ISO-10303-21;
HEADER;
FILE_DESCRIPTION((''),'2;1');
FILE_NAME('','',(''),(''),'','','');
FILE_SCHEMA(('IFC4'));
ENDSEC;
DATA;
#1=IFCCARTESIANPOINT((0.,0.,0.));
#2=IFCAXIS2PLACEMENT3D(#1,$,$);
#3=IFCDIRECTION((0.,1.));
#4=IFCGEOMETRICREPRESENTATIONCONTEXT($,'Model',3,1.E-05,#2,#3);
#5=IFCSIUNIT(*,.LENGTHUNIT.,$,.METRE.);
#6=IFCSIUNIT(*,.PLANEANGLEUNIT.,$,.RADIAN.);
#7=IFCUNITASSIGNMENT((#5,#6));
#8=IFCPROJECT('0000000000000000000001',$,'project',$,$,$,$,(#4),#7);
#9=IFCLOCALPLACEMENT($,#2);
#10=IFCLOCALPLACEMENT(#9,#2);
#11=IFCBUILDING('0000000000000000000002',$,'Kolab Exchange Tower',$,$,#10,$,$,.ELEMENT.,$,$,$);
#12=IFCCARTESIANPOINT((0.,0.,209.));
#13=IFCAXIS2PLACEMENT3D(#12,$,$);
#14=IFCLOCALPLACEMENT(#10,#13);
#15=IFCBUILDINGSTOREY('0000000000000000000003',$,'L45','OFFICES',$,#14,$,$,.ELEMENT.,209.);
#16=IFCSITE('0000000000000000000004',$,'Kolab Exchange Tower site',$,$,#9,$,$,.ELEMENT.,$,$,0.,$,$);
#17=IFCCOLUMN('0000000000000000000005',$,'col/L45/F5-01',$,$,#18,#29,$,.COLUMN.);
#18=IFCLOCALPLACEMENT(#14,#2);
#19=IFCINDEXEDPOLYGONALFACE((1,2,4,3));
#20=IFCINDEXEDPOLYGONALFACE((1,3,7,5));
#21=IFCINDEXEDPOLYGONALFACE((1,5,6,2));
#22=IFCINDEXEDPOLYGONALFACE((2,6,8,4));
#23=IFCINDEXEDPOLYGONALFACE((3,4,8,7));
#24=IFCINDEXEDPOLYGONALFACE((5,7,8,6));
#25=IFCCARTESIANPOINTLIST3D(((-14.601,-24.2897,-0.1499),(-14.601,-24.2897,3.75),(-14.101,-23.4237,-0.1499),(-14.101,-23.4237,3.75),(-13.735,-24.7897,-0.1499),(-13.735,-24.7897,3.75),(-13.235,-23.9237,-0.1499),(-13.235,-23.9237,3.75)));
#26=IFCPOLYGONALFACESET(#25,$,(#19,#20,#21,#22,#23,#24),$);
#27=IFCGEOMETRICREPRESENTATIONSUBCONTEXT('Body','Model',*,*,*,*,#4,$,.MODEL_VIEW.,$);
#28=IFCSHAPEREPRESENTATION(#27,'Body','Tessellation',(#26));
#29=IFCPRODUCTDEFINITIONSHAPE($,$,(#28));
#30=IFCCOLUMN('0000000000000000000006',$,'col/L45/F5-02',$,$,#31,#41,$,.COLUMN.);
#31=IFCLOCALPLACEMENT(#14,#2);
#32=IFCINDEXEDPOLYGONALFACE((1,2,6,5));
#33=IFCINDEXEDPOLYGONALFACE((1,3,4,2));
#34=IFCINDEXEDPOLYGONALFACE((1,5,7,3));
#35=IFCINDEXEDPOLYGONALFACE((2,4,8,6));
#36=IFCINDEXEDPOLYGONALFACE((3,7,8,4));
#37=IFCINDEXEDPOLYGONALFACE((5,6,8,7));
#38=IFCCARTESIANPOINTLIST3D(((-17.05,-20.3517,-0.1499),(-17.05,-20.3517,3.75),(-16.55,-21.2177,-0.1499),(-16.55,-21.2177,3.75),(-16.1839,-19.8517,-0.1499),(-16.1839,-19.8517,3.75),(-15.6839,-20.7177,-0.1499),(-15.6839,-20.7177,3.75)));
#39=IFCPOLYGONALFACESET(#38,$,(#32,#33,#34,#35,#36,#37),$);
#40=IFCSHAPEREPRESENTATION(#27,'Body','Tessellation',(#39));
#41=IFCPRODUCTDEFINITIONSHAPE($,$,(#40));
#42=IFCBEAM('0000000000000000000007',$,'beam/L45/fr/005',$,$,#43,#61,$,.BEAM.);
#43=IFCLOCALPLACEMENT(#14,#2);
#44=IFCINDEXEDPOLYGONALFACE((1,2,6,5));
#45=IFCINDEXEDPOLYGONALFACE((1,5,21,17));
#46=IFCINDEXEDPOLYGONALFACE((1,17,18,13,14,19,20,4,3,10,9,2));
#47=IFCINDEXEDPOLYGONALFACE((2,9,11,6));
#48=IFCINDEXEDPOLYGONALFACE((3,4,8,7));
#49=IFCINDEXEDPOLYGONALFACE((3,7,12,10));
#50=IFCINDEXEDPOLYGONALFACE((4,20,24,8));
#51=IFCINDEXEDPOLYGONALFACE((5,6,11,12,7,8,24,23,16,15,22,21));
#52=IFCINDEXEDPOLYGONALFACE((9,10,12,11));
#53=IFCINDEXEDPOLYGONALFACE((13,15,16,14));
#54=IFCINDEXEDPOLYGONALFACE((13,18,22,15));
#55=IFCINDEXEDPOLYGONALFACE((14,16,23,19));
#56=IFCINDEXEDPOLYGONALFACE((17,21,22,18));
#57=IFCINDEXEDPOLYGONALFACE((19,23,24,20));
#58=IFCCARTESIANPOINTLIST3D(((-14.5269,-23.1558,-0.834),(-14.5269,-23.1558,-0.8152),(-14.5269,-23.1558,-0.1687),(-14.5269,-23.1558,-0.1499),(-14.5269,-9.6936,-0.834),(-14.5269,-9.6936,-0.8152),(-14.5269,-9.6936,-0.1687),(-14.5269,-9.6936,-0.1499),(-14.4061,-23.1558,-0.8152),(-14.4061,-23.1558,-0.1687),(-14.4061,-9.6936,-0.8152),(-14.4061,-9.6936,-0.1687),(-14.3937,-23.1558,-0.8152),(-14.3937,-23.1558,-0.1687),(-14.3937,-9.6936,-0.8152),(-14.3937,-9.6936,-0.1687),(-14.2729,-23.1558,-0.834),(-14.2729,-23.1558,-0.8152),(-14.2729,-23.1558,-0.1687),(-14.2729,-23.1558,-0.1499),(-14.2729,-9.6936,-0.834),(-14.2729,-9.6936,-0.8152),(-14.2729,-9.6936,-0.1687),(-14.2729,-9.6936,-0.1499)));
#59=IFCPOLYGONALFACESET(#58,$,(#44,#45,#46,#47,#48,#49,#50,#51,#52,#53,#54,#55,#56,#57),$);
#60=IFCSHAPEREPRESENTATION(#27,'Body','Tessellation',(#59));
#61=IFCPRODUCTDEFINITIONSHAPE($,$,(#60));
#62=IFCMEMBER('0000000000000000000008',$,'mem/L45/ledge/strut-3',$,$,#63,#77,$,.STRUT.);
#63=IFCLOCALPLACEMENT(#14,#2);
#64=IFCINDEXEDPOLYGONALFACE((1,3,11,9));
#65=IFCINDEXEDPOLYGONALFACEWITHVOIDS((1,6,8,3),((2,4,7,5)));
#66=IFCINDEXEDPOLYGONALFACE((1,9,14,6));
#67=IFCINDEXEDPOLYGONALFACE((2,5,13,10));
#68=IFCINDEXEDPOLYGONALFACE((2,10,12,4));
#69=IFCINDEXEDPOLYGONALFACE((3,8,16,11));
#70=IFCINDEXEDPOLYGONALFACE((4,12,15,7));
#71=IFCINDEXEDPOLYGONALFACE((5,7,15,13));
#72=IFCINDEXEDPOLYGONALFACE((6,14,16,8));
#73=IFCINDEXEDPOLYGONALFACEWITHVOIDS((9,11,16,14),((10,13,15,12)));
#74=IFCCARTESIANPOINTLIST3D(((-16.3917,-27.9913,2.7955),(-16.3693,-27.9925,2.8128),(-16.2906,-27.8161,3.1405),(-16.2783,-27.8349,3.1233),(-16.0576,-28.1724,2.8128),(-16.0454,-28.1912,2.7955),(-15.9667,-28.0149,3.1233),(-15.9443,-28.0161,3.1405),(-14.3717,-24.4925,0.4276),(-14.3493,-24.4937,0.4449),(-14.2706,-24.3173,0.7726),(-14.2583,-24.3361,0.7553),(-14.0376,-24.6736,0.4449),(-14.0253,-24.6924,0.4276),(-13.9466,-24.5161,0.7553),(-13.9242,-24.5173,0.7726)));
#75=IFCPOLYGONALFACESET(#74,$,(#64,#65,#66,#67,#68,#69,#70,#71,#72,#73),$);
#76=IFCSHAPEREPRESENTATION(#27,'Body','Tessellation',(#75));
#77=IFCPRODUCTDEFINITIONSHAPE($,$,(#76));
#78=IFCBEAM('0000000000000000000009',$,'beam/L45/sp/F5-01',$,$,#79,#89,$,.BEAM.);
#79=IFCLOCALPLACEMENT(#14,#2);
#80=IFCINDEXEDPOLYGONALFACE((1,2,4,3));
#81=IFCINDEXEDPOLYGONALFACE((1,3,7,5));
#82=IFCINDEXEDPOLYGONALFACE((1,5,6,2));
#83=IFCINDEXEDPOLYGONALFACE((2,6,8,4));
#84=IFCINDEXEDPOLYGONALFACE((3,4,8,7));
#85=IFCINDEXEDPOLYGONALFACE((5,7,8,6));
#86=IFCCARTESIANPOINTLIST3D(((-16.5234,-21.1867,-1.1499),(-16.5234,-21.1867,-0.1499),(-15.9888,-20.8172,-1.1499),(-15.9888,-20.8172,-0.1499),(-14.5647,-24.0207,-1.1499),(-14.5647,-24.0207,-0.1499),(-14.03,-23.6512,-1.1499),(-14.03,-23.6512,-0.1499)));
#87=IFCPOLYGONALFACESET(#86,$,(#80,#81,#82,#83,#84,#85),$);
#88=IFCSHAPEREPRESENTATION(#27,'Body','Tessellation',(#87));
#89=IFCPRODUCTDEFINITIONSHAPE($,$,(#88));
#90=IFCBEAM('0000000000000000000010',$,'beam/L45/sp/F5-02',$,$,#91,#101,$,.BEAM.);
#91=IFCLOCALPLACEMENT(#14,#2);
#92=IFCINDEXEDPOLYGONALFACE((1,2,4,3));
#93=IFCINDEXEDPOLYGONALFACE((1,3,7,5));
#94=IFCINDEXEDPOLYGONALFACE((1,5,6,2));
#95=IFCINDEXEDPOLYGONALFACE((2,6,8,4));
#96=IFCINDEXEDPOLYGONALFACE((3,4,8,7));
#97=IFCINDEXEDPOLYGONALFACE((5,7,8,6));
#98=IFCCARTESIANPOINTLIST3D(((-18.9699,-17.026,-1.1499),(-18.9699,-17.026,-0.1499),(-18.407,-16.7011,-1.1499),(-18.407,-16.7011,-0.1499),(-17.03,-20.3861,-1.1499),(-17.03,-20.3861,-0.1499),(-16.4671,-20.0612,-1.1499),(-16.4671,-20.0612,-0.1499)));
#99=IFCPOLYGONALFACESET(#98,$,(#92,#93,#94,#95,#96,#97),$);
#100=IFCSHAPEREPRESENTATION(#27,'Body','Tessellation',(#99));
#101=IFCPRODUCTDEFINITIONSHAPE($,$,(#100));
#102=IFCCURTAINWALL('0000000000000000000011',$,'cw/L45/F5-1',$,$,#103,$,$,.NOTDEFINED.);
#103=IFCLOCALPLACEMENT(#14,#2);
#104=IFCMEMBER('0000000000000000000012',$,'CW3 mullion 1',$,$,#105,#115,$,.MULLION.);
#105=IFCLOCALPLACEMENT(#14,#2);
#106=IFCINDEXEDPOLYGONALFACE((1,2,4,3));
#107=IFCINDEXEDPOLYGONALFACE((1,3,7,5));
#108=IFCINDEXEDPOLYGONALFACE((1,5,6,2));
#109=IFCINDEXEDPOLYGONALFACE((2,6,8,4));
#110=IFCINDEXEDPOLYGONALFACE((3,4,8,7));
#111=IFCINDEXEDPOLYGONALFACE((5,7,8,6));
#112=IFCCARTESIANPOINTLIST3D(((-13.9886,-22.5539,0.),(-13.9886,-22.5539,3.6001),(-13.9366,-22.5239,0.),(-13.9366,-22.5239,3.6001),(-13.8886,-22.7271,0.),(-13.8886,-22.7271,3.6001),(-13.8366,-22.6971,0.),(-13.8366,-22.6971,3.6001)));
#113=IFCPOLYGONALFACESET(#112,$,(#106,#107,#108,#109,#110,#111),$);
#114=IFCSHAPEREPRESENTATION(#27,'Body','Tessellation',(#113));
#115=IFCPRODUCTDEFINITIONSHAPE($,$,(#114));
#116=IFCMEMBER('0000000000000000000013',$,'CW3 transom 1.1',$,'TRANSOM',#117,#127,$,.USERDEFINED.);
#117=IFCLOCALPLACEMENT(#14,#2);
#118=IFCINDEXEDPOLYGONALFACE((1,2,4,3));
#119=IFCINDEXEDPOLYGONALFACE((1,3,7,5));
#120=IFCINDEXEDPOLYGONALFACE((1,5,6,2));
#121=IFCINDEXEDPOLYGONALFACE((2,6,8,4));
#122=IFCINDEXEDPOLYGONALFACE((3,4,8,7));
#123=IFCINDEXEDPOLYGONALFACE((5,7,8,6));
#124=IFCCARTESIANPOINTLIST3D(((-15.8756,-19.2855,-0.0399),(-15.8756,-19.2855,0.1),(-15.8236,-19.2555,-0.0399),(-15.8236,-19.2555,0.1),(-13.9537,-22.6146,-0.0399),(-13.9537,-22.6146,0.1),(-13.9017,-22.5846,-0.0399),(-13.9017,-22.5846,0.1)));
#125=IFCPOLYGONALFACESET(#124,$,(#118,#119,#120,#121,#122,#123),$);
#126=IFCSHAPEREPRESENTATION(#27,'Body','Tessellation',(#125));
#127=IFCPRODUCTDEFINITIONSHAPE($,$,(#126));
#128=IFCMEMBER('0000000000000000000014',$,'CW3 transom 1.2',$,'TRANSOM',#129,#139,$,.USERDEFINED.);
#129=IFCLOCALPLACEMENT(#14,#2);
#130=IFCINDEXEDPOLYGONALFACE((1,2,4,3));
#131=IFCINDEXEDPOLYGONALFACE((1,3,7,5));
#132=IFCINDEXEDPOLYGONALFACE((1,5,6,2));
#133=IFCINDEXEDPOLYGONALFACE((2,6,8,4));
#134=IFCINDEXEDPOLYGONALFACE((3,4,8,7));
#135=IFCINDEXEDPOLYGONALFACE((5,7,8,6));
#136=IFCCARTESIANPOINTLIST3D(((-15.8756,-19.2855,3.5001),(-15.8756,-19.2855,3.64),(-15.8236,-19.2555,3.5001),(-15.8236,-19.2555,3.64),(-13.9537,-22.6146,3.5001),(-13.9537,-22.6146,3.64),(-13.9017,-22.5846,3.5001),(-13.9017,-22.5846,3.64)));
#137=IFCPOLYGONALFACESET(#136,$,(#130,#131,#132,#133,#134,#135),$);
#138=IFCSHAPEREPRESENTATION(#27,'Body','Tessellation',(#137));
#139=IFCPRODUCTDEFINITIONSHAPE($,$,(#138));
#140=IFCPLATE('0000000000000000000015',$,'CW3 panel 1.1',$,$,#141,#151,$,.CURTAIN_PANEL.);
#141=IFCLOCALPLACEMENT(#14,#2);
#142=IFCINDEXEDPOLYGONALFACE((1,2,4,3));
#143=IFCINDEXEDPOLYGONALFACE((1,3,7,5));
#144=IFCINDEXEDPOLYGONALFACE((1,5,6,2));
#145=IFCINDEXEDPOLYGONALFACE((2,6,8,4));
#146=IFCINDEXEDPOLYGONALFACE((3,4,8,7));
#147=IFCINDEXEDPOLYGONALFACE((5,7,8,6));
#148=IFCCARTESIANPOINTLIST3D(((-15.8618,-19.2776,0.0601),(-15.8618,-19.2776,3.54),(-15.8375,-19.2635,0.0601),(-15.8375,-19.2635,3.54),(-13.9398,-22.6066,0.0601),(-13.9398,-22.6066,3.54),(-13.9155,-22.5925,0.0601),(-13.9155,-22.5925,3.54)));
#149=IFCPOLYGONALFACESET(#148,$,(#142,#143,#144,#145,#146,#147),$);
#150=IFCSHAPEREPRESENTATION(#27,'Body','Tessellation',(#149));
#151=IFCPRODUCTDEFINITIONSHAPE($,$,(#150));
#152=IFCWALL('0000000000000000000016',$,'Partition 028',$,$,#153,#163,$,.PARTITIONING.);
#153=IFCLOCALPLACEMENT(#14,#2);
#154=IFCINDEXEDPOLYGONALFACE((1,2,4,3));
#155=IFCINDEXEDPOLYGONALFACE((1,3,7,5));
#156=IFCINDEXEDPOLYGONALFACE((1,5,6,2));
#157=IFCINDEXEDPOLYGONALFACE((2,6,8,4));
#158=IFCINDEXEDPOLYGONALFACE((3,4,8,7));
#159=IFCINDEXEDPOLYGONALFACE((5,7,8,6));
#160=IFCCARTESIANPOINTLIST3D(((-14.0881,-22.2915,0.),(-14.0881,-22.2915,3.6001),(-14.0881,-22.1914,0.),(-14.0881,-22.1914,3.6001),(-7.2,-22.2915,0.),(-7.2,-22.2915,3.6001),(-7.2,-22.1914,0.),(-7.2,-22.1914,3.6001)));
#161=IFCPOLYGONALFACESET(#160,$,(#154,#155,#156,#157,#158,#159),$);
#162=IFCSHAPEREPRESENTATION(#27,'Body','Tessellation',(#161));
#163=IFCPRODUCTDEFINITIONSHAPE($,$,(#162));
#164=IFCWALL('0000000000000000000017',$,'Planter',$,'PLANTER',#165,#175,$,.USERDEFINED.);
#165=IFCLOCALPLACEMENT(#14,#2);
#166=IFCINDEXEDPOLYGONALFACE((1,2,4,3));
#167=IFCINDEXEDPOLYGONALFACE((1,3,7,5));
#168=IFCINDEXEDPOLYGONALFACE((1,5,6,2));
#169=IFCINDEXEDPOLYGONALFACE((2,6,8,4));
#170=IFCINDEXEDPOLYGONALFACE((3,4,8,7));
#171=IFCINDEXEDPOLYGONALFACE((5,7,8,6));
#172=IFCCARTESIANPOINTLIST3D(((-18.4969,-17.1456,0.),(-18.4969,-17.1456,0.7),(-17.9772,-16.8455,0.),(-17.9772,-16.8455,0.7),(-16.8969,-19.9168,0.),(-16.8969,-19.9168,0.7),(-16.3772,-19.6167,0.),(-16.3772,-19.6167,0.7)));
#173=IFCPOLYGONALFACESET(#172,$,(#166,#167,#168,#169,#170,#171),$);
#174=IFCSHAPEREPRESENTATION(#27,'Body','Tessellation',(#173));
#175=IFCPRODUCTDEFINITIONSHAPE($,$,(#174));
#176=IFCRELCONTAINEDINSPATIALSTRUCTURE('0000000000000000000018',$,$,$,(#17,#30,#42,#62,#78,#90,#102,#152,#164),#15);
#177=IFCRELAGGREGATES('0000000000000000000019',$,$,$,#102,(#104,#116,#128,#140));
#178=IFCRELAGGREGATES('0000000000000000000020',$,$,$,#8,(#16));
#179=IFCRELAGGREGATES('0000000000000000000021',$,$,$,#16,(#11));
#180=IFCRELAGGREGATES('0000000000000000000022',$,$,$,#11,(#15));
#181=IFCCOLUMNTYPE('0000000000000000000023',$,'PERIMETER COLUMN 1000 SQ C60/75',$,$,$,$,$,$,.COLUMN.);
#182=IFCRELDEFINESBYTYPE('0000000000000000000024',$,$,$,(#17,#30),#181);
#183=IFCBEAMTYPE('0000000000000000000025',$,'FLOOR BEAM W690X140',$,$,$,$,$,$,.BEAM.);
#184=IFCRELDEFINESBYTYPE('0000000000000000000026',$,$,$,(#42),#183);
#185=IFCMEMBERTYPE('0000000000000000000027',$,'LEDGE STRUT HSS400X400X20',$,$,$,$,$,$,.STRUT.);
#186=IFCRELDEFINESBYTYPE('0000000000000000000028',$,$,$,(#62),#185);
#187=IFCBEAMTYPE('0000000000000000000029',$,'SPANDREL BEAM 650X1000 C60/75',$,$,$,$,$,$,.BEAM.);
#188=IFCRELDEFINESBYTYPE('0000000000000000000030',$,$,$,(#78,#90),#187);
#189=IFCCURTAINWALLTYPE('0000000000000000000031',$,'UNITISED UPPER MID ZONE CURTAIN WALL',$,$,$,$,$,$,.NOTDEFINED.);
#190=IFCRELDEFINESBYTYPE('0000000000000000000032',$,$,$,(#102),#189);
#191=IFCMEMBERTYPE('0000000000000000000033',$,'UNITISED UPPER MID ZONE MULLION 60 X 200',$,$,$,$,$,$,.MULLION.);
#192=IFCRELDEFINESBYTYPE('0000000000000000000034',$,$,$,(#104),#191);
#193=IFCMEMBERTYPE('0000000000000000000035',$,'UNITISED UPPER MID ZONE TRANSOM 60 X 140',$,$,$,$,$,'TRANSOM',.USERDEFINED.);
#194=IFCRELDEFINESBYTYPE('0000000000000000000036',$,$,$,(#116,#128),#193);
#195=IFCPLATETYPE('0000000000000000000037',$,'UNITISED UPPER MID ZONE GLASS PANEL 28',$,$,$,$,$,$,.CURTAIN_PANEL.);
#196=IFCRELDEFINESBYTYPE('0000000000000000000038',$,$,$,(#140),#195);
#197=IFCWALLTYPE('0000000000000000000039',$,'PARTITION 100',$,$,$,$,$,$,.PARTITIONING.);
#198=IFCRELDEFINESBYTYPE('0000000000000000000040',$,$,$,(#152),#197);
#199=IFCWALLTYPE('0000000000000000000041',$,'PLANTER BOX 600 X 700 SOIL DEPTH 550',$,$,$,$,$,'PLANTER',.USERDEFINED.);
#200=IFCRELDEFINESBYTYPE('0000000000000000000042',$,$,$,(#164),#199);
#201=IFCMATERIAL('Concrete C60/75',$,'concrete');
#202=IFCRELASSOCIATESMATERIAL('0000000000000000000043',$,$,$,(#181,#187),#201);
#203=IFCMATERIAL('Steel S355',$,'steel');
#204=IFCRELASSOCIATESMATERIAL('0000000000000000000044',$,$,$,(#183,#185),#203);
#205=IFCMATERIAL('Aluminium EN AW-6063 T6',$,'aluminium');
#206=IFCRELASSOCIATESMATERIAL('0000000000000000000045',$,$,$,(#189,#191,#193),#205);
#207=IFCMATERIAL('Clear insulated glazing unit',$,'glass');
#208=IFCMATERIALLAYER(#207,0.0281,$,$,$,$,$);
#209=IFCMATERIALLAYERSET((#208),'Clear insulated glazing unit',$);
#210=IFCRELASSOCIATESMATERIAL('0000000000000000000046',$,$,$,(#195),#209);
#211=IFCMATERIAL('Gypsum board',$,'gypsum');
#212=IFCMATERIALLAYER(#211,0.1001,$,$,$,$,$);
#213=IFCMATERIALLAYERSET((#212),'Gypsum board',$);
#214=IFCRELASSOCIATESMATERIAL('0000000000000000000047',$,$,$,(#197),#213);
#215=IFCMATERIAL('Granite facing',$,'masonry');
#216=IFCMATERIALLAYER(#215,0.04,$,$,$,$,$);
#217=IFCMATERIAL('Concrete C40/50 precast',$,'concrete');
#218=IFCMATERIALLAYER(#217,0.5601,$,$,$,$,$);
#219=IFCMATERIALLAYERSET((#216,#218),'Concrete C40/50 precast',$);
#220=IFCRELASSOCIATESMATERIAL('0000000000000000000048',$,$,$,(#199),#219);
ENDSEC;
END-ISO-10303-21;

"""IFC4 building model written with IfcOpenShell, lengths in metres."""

from ifc_helpers import new_model, si_unit, direction, frame, frame_2d, origin, origin_2d, place, context, subcontext, project, spatial, rectangle, hollow_rectangle, i_section, extrude, material, layer, layer_set, material_profile, profile_set, type_object, element, aggregate, save


model = new_model("IFC4")

# Units and contexts
model_context = context("Model", 3, precision=1e-05, world=origin(), true_north=direction((0.0, 1.0)))
body_context = subcontext(model_context, "Body", "Model", "MODEL_VIEW")
ifc_project = project(units=[si_unit("LENGTHUNIT", "METRE"), si_unit("PLANEANGLEUNIT", "RADIAN")], contexts=[model_context])

# Site, building, storey
site_placement = place(None, origin())
site = spatial("IfcSite", under=ifc_project, at=site_placement, Name="Kolab Exchange Tower site", CompositionType="ELEMENT", RefElevation=0.0)
building_placement = place(site_placement, origin())
building = spatial("IfcBuilding", under=site, at=building_placement, Name="Kolab Exchange Tower", CompositionType="ELEMENT")
storey_placement = place(building_placement, frame((0.0, 0.0, 209.0)))
storey = spatial("IfcBuildingStorey", under=building, at=storey_placement, Name="L45", Description="OFFICES", CompositionType="ELEMENT", Elevation=209.0)

# Columns
ifc_material_1 = material(Name="Concrete C60/75", Category="concrete")
ifc_material_profile_1 = material_profile(ifc_material_1, rectangle(XDim=1.0, YDim=1.0, at=origin_2d()), Name="RC1000")
ifc_profile_set_1 = profile_set([ifc_material_profile_1], Name="Concrete C60/75")
column_type = type_object("IfcColumnType", Name="PERIMETER COLUMN 1000 SQ C60/75", PredefinedType="COLUMN", material=ifc_profile_set_1)
for number, where, z_axis, x_axis, name in (
    (1, (-13.918, -24.1067, -0.1499), (0.0, 0.0, 1.0), (0.5, 0.866025, 0.0), "col/L45/F5-01"),
    (2, (-16.3669, -20.5347, -0.1499), (0.0, 0.0, 1.0), (0.866025, 0.5, 0.0), "col/L45/F5-02"),
):
    element("IfcColumn", number, at=place(storey_placement, frame(where, z_axis=z_axis, x_axis=x_axis)), inside=storey, type_object=column_type, Name=name, PredefinedType="COLUMN", context=body_context, shape_type="SweptSolid", body=[
        extrude(rectangle(XDim=1.0, YDim=1.0, at=origin_2d()), origin(), (0.0, 0.0, 1.0), 3.8999),
    ])

# Beam
ifc_material_2 = material(Name="Steel S355", Category="steel")
ifc_material_profile_2 = material_profile(ifc_material_2, i_section(OverallWidth=0.2539, OverallDepth=0.6841, WebThickness=0.0125, FlangeThickness=0.0188, at=origin_2d()), Name="W690X140")
ifc_profile_set_2 = profile_set([ifc_material_profile_2], Name="Steel S355")
beam_type_1 = type_object("IfcBeamType", Name="FLOOR BEAM W690X140", PredefinedType="BEAM", material=ifc_profile_set_2)
beam_1_placement = place(storey_placement, frame((-14.3999, -23.1558, -0.4919), z_axis=(0.0, 1.0, 0.0), x_axis=(-1.0, 0.0, 0.0)))
element("IfcBeam", 3, at=beam_1_placement, inside=storey, type_object=beam_type_1, Name="beam/L45/fr/005", PredefinedType="BEAM", context=body_context, shape_type="SweptSolid", body=[
    extrude(i_section(OverallWidth=0.2539, OverallDepth=0.6841, WebThickness=0.0125, FlangeThickness=0.0188, at=origin_2d()), origin(), (0.0, 0.0, 1.0), 13.4622),
])

# Member
ifc_material_profile_3 = material_profile(ifc_material_2, hollow_rectangle(XDim=0.3999, YDim=0.3999, WallThickness=0.02, at=origin_2d()), Name="HSS400X400X20")
ifc_profile_set_3 = profile_set([ifc_material_profile_3], Name="Steel S355")
member_type_1 = type_object("IfcMemberType", Name="LEDGE STRUT HSS400X400X20", PredefinedType="STRUT", material=ifc_profile_set_3)
member_1_placement = place(storey_placement, frame((-14.1479, -24.5049, 0.6001), z_axis=(-0.431366, -0.747149, 0.505659), x_axis=(0.866026, -0.5, 0.0)))
element("IfcMember", 4, at=member_1_placement, inside=storey, type_object=member_type_1, Name="mem/L45/ledge/strut-3", PredefinedType="STRUT", context=body_context, shape_type="SweptSolid", body=[
    extrude(hollow_rectangle(XDim=0.3999, YDim=0.3999, WallThickness=0.02, at=origin_2d()), origin(), (0.0, 0.0, 1.0), 4.6829),
])

# Beams
ifc_material_profile_4 = material_profile(ifc_material_1, rectangle(XDim=0.6499, YDim=1.0, at=origin_2d()), Name="RC650X1000")
ifc_profile_set_4 = profile_set([ifc_material_profile_4], Name="Concrete C60/75")
beam_type_2 = type_object("IfcBeamType", Name="SPANDREL BEAM 650X1000 C60/75", PredefinedType="BEAM", material=ifc_profile_set_4)
beam_2_placement = place(storey_placement, frame((-14.2974, -23.8359, -0.6499), z_axis=(-0.568572, 0.822633, 0.0), x_axis=(-0.822633, -0.568572, 0.0)))
element("IfcBeam", 5, at=beam_2_placement, inside=storey, type_object=beam_type_2, Name="beam/L45/sp/F5-01", PredefinedType="BEAM", context=body_context, shape_type="SweptSolid", body=[
    extrude(rectangle(XDim=0.6499, YDim=1.0, at=origin_2d()), origin(), (0.0, 0.0, 1.0), 3.4451),
])
beam_3_placement = place(storey_placement, frame((-16.7485, -20.2236, -0.6499), z_axis=(-0.499997, 0.866027, 0.0), x_axis=(-0.866027, -0.499997, 0.0)))
element("IfcBeam", 6, at=beam_3_placement, inside=storey, type_object=beam_type_2, Name="beam/L45/sp/F5-02", PredefinedType="BEAM", context=body_context, shape_type="SweptSolid", body=[
    extrude(rectangle(XDim=0.6499, YDim=1.0, at=origin_2d()), origin(), (0.0, 0.0, 1.0), 3.8799),
])

# Curtain wall, members, plate
ifc_material_3 = material(Name="Aluminium EN AW-6063 T6", Category="aluminium")
curtain_wall_type = type_object("IfcCurtainWallType", Name="UNITISED UPPER MID ZONE CURTAIN WALL", PredefinedType="NOTDEFINED", material=ifc_material_3)
curtain_wall_placement = place(storey_placement, origin())
curtain_wall = element("IfcCurtainWall", 7, at=curtain_wall_placement, inside=storey, type_object=curtain_wall_type, Name="cw/L45/F5-1", PredefinedType="NOTDEFINED")
ifc_material_profile_5 = material_profile(ifc_material_3, rectangle(XDim=0.0601, YDim=0.2, at=origin_2d()), Name="RECT 60X200")
ifc_profile_set_5 = profile_set([ifc_material_profile_5], Name="Aluminium EN AW-6063 T6")
member_type_2 = type_object("IfcMemberType", Name="UNITISED UPPER MID ZONE MULLION 60 X 200", PredefinedType="MULLION", material=ifc_profile_set_5)
member_2_placement = place(storey_placement, frame((-13.9126, -22.6255, 0.0), z_axis=(0.0, 0.0, 1.0), x_axis=(-0.866025, -0.5, 0.0)))
member_2 = element("IfcMember", 8, at=member_2_placement, type_object=member_type_2, Name="CW3 mullion 1", PredefinedType="MULLION", context=body_context, shape_type="SweptSolid", body=[
    extrude(rectangle(XDim=0.0601, YDim=0.2, at=origin_2d()), origin(), (0.0, 0.0, 1.0), 3.6001),
])
ifc_material_profile_6 = material_profile(ifc_material_3, rectangle(XDim=0.0601, YDim=0.1399, at=origin_2d()), Name="RECT 60X140")
ifc_profile_set_6 = profile_set([ifc_material_profile_6], Name="Aluminium EN AW-6063 T6")
member_type_3 = type_object("IfcMemberType", Name="UNITISED UPPER MID ZONE TRANSOM 60 X 140", ElementType="TRANSOM", PredefinedType="USERDEFINED", material=ifc_profile_set_6)
member_3_placement = place(storey_placement, frame((-13.9277, -22.5996, 0.03), z_axis=(-0.499964, 0.866046, 0.0), x_axis=(-0.866046, -0.499964, 0.0)))
member_3 = element("IfcMember", 9, at=member_3_placement, type_object=member_type_3, Name="CW3 transom 1.1", ObjectType="TRANSOM", PredefinedType="USERDEFINED", context=body_context, shape_type="SweptSolid", body=[
    extrude(rectangle(XDim=0.0601, YDim=0.1399, at=origin_2d()), origin(), (0.0, 0.0, 1.0), 3.844),
])
member_4_placement = place(storey_placement, frame((-13.9277, -22.5996, 3.5701), z_axis=(-0.499964, 0.866046, 0.0), x_axis=(-0.866046, -0.499964, 0.0)))
member_4 = element("IfcMember", 10, at=member_4_placement, type_object=member_type_3, Name="CW3 transom 1.2", ObjectType="TRANSOM", PredefinedType="USERDEFINED", context=body_context, shape_type="SweptSolid", body=[
    extrude(rectangle(XDim=0.0601, YDim=0.1399, at=origin_2d()), origin(), (0.0, 0.0, 1.0), 3.844),
])
ifc_material_4 = material(Name="Clear insulated glazing unit", Category="glass")
ifc_layer_1 = layer(ifc_material_4, 0.0281)
ifc_layer_set_1 = layer_set([ifc_layer_1], Name="Clear insulated glazing unit")
plate_type = type_object("IfcPlateType", Name="UNITISED UPPER MID ZONE GLASS PANEL 28", PredefinedType="CURTAIN_PANEL", material=ifc_layer_set_1)
plate_placement = place(storey_placement, frame((-14.8887, -20.9351, 0.0601), z_axis=(0.0, 0.0, 1.0), x_axis=(-0.5, 0.866025, 0.0)))
plate = element("IfcPlate", 11, at=plate_placement, type_object=plate_type, Name="CW3 panel 1.1", PredefinedType="CURTAIN_PANEL", context=body_context, shape_type="SweptSolid", body=[
    extrude(rectangle(XDim=3.844, YDim=0.0281, at=origin_2d()), origin(), (0.0, 0.0, 1.0), 3.48),
])
aggregate(curtain_wall, [member_2, member_3, member_4, plate])

# Walls
ifc_material_5 = material(Name="Gypsum board", Category="gypsum")
ifc_layer_2 = layer(ifc_material_5, 0.1001)
ifc_layer_set_2 = layer_set([ifc_layer_2], Name="Gypsum board")
wall_type_1 = type_object("IfcWallType", Name="PARTITION 100", PredefinedType="PARTITIONING", material=ifc_layer_set_2)
wall_1_placement = place(storey_placement, frame((-14.0881, -22.2415, 0.0), z_axis=(0.0, 0.0, 1.0), x_axis=(1.0, 0.0, 0.0)))
element("IfcWall", 12, at=wall_1_placement, inside=storey, type_object=wall_type_1, Name="Partition 028", PredefinedType="PARTITIONING", context=body_context, shape_type="SweptSolid", body=[
    extrude(rectangle(XDim=6.8882, YDim=0.1001, at=frame_2d((3.4441, 0.0))), origin(), (0.0, 0.0, 1.0), 3.6001),
])
ifc_material_6 = material(Name="Granite facing", Category="masonry")
ifc_layer_3 = layer(ifc_material_6, 0.04)
ifc_material_7 = material(Name="Concrete C40/50 precast", Category="concrete")
ifc_layer_4 = layer(ifc_material_7, 0.5601)
ifc_layer_set_3 = layer_set([ifc_layer_3, ifc_layer_4], Name="Concrete C40/50 precast")
wall_type_2 = type_object("IfcWallType", Name="PLANTER BOX 600 X 700 SOIL DEPTH 550", ElementType="PLANTER", PredefinedType="USERDEFINED", material=ifc_layer_set_3)
wall_2_placement = place(storey_placement, frame((-16.637, -19.7668, 0.0), z_axis=(0.0, 0.0, 1.0), x_axis=(-0.500028, 0.866009, 0.0)))
element("IfcWall", 13, at=wall_2_placement, inside=storey, type_object=wall_type_2, Name="Planter", ObjectType="PLANTER", PredefinedType="USERDEFINED", context=body_context, shape_type="SweptSolid", body=[
    extrude(rectangle(XDim=3.2, YDim=0.6001, at=frame_2d((1.6001, 0.0))), origin(), (0.0, 0.0, 1.0), 0.7),
])

save(model, "model.ifc")
